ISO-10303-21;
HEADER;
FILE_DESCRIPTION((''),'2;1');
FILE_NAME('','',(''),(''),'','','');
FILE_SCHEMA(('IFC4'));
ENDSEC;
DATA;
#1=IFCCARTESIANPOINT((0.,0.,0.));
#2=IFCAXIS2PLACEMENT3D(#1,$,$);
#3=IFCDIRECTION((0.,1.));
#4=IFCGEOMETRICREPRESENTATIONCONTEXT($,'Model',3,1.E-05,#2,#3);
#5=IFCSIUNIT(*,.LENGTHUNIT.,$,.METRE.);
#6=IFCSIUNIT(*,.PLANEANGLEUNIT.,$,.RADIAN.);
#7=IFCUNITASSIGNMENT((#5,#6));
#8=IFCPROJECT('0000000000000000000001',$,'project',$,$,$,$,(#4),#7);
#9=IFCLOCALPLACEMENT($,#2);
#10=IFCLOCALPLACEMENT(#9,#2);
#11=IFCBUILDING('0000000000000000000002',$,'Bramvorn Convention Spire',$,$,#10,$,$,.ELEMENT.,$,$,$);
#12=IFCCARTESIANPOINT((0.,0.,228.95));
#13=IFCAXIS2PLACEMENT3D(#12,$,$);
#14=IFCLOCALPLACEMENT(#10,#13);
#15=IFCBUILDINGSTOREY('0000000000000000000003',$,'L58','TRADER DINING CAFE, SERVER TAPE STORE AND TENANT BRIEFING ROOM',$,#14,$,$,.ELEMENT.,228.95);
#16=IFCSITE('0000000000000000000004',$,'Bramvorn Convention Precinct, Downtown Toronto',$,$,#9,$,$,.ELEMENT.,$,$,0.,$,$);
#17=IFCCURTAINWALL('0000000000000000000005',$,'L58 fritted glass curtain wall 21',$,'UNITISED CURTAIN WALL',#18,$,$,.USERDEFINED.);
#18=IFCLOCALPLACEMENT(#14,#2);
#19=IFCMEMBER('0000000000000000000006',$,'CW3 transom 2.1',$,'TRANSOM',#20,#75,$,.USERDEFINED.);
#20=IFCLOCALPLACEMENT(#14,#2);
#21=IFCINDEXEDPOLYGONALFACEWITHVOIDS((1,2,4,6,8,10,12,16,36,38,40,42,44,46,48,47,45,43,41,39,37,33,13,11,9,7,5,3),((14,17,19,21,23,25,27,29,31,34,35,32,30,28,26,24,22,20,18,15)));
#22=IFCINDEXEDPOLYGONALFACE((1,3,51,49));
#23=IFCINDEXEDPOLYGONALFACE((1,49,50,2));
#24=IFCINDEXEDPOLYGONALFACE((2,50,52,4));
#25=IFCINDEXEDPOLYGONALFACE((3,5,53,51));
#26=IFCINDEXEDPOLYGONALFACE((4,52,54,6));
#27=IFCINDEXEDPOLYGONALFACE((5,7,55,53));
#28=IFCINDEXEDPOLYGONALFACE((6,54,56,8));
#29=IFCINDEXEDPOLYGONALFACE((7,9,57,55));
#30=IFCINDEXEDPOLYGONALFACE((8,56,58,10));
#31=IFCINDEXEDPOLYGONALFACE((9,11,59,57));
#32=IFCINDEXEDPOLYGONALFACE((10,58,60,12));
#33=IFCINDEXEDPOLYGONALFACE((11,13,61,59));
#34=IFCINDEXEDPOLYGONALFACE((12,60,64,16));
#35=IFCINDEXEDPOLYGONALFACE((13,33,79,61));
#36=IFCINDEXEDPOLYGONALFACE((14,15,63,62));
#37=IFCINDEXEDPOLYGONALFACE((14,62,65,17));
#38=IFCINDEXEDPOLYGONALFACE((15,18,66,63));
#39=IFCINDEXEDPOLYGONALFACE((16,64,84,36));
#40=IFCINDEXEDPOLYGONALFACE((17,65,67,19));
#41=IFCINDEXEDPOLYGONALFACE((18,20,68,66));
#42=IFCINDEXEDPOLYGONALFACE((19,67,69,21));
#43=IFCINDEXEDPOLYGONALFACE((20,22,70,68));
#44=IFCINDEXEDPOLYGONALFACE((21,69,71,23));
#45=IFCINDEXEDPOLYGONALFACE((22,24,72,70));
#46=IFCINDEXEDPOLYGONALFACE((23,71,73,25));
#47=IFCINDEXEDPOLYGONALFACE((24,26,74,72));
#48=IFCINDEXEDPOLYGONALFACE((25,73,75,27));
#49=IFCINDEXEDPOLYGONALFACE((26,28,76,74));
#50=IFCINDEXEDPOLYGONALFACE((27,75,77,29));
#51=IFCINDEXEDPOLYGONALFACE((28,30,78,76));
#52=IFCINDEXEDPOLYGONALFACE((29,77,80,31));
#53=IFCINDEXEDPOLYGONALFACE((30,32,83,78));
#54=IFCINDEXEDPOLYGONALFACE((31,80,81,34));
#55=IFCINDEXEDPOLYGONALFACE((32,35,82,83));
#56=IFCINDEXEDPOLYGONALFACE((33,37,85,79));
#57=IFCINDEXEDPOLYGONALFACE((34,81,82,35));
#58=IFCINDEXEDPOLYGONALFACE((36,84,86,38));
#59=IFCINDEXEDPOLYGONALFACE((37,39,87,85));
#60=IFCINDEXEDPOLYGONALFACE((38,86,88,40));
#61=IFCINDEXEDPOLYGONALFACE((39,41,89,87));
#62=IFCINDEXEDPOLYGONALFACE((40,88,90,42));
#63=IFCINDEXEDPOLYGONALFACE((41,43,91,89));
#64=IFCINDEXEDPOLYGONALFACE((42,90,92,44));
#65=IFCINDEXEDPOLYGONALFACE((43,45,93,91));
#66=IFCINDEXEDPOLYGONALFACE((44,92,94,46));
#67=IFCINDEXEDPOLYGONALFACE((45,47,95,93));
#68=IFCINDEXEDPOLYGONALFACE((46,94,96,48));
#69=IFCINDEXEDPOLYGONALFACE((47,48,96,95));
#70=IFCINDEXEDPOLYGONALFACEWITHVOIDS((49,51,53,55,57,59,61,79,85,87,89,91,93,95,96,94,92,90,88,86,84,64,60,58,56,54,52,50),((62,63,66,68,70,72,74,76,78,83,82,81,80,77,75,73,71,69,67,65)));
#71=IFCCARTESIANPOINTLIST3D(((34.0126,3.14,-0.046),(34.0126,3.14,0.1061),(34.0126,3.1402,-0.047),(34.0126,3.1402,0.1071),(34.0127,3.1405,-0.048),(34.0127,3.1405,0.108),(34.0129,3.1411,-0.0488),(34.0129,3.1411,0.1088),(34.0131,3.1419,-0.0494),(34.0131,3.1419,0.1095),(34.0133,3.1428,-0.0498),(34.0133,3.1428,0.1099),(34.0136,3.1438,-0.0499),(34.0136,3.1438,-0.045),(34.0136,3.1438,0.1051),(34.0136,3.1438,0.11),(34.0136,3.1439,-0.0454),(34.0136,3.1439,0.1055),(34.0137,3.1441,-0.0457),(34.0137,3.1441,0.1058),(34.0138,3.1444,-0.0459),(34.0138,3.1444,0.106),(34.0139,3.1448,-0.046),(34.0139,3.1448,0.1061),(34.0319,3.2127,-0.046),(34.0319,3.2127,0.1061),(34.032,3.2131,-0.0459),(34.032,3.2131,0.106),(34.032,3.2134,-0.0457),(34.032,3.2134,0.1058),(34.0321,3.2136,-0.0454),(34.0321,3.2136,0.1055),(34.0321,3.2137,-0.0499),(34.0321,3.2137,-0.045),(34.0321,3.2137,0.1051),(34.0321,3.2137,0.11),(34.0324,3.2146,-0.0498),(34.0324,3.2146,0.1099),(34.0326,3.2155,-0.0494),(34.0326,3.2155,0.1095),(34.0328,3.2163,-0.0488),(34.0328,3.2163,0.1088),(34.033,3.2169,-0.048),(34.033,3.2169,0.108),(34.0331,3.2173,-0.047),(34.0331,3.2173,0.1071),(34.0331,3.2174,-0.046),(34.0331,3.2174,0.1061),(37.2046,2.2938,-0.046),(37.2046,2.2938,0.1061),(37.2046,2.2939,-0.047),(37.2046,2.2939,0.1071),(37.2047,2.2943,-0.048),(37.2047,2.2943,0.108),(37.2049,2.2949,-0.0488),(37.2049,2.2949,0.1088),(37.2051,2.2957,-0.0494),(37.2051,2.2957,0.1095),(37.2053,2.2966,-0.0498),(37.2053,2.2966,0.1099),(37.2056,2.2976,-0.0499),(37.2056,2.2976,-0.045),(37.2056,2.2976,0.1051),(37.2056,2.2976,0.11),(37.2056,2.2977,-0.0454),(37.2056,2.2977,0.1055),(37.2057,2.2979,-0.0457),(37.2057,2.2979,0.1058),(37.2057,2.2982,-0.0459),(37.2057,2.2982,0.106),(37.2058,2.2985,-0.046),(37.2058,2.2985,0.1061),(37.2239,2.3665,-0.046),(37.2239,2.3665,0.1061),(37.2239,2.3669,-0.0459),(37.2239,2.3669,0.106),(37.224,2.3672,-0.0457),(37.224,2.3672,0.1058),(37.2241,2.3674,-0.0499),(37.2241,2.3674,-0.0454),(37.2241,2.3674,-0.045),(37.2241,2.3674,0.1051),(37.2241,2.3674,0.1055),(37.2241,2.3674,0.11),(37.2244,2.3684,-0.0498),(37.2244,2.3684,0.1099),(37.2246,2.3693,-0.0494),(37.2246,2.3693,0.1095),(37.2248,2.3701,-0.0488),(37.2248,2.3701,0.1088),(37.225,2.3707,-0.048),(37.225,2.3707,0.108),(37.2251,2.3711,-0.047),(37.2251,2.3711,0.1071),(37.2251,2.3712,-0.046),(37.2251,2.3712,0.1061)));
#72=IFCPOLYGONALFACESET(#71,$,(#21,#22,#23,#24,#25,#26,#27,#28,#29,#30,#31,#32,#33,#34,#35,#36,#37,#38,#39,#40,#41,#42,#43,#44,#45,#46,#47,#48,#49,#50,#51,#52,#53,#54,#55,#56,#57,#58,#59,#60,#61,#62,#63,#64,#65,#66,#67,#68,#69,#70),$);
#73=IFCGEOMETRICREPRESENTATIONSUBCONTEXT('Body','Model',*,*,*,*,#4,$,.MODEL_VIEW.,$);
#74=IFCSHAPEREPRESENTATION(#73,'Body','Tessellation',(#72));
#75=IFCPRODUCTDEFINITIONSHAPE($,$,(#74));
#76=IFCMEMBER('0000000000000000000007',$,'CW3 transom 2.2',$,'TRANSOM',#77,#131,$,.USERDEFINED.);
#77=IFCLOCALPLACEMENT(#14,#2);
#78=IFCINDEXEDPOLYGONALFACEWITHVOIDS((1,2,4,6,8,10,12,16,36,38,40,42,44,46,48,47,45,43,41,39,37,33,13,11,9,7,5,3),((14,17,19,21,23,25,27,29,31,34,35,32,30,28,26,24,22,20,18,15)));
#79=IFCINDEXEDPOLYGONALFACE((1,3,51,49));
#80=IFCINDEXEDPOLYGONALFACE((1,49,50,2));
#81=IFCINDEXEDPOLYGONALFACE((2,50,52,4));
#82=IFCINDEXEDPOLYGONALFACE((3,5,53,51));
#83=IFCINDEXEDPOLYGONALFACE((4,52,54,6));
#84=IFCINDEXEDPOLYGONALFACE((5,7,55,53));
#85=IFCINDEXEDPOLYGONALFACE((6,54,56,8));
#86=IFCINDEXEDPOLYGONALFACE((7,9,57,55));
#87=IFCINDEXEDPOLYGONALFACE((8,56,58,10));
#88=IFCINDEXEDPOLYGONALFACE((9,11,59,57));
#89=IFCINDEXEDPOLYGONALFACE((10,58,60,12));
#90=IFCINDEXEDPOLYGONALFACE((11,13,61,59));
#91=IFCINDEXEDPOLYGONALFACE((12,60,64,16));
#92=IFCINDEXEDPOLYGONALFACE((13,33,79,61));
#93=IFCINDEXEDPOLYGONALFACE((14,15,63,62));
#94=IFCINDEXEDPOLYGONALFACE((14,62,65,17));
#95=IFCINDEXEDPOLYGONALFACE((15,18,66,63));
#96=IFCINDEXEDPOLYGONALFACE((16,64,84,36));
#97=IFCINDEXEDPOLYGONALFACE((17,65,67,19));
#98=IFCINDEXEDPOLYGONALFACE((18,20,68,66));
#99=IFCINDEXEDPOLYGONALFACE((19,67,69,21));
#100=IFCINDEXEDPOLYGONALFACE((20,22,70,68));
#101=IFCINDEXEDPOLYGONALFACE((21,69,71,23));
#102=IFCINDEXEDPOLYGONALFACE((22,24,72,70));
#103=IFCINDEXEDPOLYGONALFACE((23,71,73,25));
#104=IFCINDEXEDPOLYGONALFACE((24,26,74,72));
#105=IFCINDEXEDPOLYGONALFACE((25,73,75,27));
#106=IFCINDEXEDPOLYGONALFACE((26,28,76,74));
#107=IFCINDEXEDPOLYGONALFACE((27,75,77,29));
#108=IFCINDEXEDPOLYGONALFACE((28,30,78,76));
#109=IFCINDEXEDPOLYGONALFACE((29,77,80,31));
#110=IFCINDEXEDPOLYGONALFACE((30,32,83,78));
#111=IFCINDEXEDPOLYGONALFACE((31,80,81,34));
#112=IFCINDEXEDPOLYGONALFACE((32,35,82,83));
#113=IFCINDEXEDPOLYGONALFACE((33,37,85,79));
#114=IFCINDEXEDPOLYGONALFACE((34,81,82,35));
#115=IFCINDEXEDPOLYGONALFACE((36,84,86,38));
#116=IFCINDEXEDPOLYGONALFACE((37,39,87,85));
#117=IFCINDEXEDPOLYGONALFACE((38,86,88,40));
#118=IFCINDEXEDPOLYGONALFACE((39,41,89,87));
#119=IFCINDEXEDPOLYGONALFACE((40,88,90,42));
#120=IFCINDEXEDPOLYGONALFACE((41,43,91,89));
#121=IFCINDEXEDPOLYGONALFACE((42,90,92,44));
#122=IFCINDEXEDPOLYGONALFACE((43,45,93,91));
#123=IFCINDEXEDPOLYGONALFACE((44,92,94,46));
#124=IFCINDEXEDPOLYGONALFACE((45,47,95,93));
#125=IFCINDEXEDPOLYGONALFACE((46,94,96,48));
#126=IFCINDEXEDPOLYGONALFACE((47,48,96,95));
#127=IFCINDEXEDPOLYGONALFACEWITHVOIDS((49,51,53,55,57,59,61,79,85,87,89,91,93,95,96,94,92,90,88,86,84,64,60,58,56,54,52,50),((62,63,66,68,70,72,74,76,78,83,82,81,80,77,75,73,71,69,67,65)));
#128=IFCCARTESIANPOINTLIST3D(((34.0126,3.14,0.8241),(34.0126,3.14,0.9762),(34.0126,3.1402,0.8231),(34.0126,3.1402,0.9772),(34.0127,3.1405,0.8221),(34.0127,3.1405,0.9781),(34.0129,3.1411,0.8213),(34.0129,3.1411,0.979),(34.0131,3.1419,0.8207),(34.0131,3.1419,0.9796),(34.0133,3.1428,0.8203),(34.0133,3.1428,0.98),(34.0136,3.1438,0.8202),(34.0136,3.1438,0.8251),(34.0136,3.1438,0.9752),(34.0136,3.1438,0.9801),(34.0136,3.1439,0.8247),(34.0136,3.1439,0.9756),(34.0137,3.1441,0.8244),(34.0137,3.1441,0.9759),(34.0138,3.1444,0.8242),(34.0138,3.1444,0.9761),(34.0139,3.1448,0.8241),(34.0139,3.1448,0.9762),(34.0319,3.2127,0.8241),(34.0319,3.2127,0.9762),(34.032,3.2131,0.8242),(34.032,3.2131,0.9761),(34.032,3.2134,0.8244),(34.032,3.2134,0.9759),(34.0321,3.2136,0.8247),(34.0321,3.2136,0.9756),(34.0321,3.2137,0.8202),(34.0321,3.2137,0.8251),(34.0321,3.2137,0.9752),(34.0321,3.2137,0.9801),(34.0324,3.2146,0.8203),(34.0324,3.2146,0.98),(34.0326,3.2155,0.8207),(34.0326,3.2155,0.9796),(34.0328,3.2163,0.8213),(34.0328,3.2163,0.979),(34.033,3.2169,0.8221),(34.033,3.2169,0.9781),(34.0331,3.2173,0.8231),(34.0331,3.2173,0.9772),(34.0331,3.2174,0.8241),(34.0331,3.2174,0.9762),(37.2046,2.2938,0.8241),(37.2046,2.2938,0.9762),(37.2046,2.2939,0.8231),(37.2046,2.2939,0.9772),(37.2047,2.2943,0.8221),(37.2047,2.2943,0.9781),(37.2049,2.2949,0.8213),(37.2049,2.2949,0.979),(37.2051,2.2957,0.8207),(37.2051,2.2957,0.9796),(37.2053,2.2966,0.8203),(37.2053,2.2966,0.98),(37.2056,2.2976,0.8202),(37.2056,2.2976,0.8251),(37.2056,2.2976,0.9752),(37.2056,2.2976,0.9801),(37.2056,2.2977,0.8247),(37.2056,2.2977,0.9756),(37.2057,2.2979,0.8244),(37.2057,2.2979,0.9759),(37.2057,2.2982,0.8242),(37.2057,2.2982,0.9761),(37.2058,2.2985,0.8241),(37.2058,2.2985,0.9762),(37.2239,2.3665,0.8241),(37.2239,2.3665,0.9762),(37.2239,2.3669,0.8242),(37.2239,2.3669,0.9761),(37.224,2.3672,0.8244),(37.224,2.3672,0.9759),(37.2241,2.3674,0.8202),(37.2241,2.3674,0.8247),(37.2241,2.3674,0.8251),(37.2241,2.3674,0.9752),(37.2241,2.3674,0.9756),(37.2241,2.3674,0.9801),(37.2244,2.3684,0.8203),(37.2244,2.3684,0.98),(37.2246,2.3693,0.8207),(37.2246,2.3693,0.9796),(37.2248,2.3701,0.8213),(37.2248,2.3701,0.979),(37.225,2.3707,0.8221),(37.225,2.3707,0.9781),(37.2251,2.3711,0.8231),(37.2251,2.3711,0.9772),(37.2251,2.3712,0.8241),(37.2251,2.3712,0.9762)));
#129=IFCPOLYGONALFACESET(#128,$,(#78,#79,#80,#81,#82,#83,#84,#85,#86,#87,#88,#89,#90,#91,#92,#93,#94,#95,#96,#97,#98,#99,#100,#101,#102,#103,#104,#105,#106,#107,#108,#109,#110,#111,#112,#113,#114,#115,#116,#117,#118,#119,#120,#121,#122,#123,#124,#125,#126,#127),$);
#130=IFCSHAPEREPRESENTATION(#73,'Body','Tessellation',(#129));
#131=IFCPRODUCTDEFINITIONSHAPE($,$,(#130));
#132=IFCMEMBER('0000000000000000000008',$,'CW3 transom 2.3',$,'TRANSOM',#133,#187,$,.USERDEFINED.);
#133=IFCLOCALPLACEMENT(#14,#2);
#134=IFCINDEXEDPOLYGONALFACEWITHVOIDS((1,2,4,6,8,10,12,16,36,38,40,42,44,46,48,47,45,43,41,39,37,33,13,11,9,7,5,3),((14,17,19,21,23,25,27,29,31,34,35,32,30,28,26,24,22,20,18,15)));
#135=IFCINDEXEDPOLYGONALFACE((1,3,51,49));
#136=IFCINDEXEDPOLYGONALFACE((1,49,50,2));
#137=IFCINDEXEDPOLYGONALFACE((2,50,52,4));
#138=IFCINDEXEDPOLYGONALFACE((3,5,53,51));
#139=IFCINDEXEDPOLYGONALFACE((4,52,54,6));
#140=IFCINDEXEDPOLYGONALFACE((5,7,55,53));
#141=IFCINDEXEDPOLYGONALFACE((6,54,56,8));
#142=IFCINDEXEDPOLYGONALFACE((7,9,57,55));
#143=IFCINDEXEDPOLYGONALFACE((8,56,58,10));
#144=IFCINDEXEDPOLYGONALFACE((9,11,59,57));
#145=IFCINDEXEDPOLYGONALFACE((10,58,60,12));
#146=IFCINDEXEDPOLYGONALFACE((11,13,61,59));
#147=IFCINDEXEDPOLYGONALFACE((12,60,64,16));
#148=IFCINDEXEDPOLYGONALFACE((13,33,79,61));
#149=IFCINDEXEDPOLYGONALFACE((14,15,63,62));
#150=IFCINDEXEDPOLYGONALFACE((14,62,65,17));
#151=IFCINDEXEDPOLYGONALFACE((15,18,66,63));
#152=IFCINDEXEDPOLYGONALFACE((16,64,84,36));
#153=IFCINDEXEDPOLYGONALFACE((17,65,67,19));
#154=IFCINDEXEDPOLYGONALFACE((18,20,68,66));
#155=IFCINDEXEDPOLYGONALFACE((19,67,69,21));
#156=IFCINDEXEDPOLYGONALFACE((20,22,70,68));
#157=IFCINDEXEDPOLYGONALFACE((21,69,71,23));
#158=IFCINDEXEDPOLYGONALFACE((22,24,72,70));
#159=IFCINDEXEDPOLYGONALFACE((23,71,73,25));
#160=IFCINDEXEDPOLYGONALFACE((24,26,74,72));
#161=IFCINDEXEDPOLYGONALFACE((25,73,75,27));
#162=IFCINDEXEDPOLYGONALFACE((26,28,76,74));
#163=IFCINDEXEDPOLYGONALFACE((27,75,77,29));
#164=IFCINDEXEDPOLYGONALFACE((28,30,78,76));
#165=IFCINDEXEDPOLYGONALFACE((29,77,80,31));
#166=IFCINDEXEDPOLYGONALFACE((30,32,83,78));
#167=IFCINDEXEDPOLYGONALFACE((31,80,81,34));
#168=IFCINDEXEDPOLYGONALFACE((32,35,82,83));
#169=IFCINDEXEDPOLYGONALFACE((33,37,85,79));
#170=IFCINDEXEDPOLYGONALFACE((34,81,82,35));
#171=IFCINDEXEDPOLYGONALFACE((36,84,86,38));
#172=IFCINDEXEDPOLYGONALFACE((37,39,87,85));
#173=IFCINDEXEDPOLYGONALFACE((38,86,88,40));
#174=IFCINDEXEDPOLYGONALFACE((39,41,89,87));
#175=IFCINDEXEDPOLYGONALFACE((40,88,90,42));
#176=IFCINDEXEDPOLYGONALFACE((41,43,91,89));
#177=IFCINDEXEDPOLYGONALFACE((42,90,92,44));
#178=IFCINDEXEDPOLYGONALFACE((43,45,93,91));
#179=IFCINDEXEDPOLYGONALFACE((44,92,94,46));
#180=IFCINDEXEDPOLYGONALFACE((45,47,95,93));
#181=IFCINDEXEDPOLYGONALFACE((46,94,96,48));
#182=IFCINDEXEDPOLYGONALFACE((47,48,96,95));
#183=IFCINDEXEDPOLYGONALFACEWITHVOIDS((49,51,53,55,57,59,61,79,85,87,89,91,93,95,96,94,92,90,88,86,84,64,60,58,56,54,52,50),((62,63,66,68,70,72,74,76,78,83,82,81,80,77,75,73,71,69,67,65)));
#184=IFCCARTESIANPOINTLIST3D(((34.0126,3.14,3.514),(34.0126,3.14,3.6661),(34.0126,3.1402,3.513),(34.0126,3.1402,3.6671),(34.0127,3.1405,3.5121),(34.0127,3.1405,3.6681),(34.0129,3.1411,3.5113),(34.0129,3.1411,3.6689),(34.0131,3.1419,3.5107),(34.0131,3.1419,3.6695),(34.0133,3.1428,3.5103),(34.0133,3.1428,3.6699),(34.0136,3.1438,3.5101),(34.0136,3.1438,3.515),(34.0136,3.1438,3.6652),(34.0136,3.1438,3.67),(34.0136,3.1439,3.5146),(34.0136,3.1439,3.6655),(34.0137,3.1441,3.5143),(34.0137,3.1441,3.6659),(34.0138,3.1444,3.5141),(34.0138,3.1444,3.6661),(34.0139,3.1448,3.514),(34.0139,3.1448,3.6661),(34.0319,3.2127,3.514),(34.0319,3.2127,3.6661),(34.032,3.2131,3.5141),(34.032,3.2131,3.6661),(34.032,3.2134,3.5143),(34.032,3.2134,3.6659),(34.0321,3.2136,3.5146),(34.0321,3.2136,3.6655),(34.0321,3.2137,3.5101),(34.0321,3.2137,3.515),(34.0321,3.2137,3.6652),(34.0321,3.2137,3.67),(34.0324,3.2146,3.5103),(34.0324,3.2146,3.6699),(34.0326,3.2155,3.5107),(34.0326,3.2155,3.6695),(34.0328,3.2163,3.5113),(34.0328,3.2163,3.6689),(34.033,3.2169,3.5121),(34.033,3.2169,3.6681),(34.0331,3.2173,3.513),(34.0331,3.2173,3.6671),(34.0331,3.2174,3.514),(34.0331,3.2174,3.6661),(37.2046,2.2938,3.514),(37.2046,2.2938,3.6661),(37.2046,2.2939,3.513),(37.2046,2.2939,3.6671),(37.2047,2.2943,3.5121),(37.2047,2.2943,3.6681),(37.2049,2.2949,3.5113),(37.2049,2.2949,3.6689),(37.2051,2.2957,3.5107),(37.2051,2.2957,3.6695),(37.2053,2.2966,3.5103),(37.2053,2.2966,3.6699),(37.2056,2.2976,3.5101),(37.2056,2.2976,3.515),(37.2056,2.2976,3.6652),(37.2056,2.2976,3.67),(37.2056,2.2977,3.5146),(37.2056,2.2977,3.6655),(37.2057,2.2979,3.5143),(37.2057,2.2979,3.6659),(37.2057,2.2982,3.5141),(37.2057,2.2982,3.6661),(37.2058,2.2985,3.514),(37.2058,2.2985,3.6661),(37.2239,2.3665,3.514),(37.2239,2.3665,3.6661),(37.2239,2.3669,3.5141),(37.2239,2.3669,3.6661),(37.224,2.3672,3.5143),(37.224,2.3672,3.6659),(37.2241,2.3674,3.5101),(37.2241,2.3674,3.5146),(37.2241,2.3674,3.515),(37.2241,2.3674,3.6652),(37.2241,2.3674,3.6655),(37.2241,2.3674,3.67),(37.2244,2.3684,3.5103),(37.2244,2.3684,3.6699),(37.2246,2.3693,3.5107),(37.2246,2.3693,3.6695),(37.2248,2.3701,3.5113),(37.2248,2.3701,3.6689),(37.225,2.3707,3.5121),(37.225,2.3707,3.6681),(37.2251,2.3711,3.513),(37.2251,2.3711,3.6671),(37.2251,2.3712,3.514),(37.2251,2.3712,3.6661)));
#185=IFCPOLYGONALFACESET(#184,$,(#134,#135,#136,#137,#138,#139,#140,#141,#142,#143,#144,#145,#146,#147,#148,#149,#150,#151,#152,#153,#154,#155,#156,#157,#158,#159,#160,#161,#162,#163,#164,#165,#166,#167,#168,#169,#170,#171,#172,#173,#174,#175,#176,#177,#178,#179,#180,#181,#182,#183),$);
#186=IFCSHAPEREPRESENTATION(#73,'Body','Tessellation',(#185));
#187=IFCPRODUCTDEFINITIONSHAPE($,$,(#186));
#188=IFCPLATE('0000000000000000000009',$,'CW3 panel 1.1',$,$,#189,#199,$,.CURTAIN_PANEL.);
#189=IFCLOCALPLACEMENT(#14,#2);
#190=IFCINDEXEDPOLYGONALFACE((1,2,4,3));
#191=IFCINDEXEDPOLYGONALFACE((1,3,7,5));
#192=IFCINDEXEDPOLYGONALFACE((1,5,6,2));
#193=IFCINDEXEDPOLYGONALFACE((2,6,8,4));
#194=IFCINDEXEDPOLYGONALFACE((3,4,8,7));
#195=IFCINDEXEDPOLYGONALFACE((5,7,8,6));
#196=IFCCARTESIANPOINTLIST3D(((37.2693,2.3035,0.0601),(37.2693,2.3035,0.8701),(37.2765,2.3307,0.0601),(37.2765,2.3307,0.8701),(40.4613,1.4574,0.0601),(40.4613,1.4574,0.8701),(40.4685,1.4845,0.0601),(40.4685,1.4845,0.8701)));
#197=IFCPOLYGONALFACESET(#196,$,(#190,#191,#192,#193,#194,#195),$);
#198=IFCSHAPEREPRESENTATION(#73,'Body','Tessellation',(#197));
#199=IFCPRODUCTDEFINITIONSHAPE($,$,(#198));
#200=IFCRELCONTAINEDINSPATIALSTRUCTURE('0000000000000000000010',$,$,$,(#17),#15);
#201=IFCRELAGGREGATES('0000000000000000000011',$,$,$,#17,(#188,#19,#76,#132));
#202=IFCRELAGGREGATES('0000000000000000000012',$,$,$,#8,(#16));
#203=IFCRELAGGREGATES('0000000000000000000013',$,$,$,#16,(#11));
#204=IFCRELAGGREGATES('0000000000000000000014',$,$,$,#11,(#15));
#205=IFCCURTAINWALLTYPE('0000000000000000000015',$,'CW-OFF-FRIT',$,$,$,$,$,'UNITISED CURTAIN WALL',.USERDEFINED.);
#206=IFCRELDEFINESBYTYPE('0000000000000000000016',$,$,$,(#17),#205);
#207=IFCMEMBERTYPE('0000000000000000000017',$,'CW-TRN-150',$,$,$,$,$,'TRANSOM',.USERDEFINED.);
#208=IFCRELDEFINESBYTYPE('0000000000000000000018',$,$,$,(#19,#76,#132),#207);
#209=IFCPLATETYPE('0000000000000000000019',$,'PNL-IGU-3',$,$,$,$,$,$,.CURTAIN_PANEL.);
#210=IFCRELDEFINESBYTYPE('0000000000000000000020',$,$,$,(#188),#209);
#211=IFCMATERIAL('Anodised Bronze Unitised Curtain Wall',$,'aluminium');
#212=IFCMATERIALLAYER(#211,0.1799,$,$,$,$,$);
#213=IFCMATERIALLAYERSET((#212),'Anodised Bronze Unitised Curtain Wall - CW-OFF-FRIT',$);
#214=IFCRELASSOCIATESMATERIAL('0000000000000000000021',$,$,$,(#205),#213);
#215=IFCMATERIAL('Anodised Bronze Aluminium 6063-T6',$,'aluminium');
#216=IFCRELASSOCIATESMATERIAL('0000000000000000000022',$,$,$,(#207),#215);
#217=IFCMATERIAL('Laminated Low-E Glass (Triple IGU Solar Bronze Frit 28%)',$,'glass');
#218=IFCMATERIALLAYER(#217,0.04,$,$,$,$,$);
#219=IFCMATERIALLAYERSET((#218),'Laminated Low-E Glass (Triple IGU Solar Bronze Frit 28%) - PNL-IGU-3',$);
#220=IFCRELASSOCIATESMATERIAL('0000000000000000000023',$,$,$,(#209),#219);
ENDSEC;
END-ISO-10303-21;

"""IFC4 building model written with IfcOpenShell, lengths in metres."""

from ifc_helpers import new_model, si_unit, direction, frame, origin, origin_2d, place, context, subcontext, project, spatial, rectangle, hollow_rectangle, extrude, material, layer, layer_set, material_profile, profile_set, type_object, element, aggregate, save


model = new_model("IFC4")

# Units and contexts
model_context = context("Model", 3, precision=1e-05, world=origin(), true_north=direction((0.0, 1.0)))
body_context = subcontext(model_context, "Body", "Model", "MODEL_VIEW")
ifc_project = project(units=[si_unit("LENGTHUNIT", "METRE"), si_unit("PLANEANGLEUNIT", "RADIAN")], contexts=[model_context])

# Site, building, storey
site_placement = place(None, origin())
site = spatial("IfcSite", under=ifc_project, at=site_placement, Name="Bramvorn Convention Precinct, Downtown Toronto", CompositionType="ELEMENT", RefElevation=0.0)
building_placement = place(site_placement, origin())
building = spatial("IfcBuilding", under=site, at=building_placement, Name="Bramvorn Convention Spire", CompositionType="ELEMENT")
storey_placement = place(building_placement, frame((0.0, 0.0, 228.95)))
storey = spatial("IfcBuildingStorey", under=building, at=storey_placement, Name="L58", Description="TRADER DINING CAFE, SERVER TAPE STORE AND TENANT BRIEFING ROOM", CompositionType="ELEMENT", Elevation=228.95)

# Curtain wall, members, plate
ifc_material_1 = material(Name="Anodised Bronze Unitised Curtain Wall", Category="aluminium")
ifc_layer_1 = layer(ifc_material_1, 0.1799)
ifc_layer_set_1 = layer_set([ifc_layer_1], Name="Anodised Bronze Unitised Curtain Wall - CW-OFF-FRIT")
curtain_wall_type = type_object("IfcCurtainWallType", Name="CW-OFF-FRIT", ElementType="UNITISED CURTAIN WALL", PredefinedType="USERDEFINED", material=ifc_layer_set_1)
curtain_wall_placement = place(storey_placement, origin())
curtain_wall = element("IfcCurtainWall", 1, at=curtain_wall_placement, inside=storey, type_object=curtain_wall_type, Name="L58 fritted glass curtain wall 21", ObjectType="UNITISED CURTAIN WALL", PredefinedType="USERDEFINED")
ifc_material_2 = material(Name="Anodised Bronze Aluminium 6063-T6", Category="aluminium")
ifc_material_profile_1 = material_profile(ifc_material_2, hollow_rectangle(XDim=0.0801, YDim=0.1599, WallThickness=0.0039, InnerFilletRadius=0.001, OuterFilletRadius=0.0039, at=origin_2d()))
ifc_profile_set_1 = profile_set([ifc_material_profile_1], Name="Anodised Bronze Aluminium 6063-T6 - CWT80X160")
member_type_1 = type_object("IfcMemberType", Name="CW-TRN-150", ElementType="TRANSOM", PredefinedType="USERDEFINED", material=ifc_profile_set_1)
member_1_placement = place(storey_placement, frame((37.2148, 2.3325, 0.03), z_axis=(-0.966609, 0.256254, 0.0), x_axis=(-0.256254, -0.966609, 0.0)))
member_1 = element("IfcMember", 2, at=member_1_placement, type_object=member_type_1, Name="CW3 transom 2.1", ObjectType="TRANSOM", PredefinedType="USERDEFINED", context=body_context, shape_type="SweptSolid", body=[
    extrude(hollow_rectangle(XDim=0.0801, YDim=0.1599, WallThickness=0.0039, InnerFilletRadius=0.001, OuterFilletRadius=0.0039, at=origin_2d()), origin(), (0.0, 0.0, 1.0), 3.3022),
])
member_2_placement = place(storey_placement, frame((37.2148, 2.3325, 0.9001), z_axis=(-0.966609, 0.256254, 0.0), x_axis=(-0.256254, -0.966609, 0.0)))
member_2 = element("IfcMember", 3, at=member_2_placement, type_object=member_type_1, Name="CW3 transom 2.2", ObjectType="TRANSOM", PredefinedType="USERDEFINED", context=body_context, shape_type="SweptSolid", body=[
    extrude(hollow_rectangle(XDim=0.0801, YDim=0.1599, WallThickness=0.0039, InnerFilletRadius=0.001, OuterFilletRadius=0.0039, at=origin_2d()), origin(), (0.0, 0.0, 1.0), 3.3022),
])
member_3_placement = place(storey_placement, frame((37.2148, 2.3325, 3.5901), z_axis=(-0.966609, 0.256254, 0.0), x_axis=(-0.256254, -0.966609, 0.0)))
member_3 = element("IfcMember", 4, at=member_3_placement, type_object=member_type_1, Name="CW3 transom 2.3", ObjectType="TRANSOM", PredefinedType="USERDEFINED", context=body_context, shape_type="SweptSolid", body=[
    extrude(hollow_rectangle(XDim=0.0801, YDim=0.1599, WallThickness=0.0039, InnerFilletRadius=0.001, OuterFilletRadius=0.0039, at=origin_2d()), origin(), (0.0, 0.0, 1.0), 3.3022),
])
ifc_material_3 = material(Name="Laminated Low-E Glass (Triple IGU Solar Bronze Frit 28%)", Category="glass")
ifc_layer_2 = layer(ifc_material_3, 0.04)
ifc_layer_set_2 = layer_set([ifc_layer_2], Name="Laminated Low-E Glass (Triple IGU Solar Bronze Frit 28%) - PNL-IGU-3")
plate_type = type_object("IfcPlateType", Name="PNL-IGU-3", PredefinedType="CURTAIN_PANEL", material=ifc_layer_set_2)
plate_1_placement = place(storey_placement, frame((38.8689, 1.894, 0.0601), z_axis=(0.0, 0.0, 1.0), x_axis=(-0.966616, 0.256231, 0.0)))
plate_1 = element("IfcPlate", 5, at=plate_1_placement, type_object=plate_type, Name="CW3 panel 1.1", PredefinedType="CURTAIN_PANEL", context=body_context, shape_type="SweptSolid", body=[
    extrude(rectangle(XDim=3.3022, YDim=0.0281, at=origin_2d()), origin(), (0.0, 0.0, 1.0), 0.8101),
])
aggregate(curtain_wall, [plate_1, member_1, member_2, member_3])

save(model, "model.ifc")
